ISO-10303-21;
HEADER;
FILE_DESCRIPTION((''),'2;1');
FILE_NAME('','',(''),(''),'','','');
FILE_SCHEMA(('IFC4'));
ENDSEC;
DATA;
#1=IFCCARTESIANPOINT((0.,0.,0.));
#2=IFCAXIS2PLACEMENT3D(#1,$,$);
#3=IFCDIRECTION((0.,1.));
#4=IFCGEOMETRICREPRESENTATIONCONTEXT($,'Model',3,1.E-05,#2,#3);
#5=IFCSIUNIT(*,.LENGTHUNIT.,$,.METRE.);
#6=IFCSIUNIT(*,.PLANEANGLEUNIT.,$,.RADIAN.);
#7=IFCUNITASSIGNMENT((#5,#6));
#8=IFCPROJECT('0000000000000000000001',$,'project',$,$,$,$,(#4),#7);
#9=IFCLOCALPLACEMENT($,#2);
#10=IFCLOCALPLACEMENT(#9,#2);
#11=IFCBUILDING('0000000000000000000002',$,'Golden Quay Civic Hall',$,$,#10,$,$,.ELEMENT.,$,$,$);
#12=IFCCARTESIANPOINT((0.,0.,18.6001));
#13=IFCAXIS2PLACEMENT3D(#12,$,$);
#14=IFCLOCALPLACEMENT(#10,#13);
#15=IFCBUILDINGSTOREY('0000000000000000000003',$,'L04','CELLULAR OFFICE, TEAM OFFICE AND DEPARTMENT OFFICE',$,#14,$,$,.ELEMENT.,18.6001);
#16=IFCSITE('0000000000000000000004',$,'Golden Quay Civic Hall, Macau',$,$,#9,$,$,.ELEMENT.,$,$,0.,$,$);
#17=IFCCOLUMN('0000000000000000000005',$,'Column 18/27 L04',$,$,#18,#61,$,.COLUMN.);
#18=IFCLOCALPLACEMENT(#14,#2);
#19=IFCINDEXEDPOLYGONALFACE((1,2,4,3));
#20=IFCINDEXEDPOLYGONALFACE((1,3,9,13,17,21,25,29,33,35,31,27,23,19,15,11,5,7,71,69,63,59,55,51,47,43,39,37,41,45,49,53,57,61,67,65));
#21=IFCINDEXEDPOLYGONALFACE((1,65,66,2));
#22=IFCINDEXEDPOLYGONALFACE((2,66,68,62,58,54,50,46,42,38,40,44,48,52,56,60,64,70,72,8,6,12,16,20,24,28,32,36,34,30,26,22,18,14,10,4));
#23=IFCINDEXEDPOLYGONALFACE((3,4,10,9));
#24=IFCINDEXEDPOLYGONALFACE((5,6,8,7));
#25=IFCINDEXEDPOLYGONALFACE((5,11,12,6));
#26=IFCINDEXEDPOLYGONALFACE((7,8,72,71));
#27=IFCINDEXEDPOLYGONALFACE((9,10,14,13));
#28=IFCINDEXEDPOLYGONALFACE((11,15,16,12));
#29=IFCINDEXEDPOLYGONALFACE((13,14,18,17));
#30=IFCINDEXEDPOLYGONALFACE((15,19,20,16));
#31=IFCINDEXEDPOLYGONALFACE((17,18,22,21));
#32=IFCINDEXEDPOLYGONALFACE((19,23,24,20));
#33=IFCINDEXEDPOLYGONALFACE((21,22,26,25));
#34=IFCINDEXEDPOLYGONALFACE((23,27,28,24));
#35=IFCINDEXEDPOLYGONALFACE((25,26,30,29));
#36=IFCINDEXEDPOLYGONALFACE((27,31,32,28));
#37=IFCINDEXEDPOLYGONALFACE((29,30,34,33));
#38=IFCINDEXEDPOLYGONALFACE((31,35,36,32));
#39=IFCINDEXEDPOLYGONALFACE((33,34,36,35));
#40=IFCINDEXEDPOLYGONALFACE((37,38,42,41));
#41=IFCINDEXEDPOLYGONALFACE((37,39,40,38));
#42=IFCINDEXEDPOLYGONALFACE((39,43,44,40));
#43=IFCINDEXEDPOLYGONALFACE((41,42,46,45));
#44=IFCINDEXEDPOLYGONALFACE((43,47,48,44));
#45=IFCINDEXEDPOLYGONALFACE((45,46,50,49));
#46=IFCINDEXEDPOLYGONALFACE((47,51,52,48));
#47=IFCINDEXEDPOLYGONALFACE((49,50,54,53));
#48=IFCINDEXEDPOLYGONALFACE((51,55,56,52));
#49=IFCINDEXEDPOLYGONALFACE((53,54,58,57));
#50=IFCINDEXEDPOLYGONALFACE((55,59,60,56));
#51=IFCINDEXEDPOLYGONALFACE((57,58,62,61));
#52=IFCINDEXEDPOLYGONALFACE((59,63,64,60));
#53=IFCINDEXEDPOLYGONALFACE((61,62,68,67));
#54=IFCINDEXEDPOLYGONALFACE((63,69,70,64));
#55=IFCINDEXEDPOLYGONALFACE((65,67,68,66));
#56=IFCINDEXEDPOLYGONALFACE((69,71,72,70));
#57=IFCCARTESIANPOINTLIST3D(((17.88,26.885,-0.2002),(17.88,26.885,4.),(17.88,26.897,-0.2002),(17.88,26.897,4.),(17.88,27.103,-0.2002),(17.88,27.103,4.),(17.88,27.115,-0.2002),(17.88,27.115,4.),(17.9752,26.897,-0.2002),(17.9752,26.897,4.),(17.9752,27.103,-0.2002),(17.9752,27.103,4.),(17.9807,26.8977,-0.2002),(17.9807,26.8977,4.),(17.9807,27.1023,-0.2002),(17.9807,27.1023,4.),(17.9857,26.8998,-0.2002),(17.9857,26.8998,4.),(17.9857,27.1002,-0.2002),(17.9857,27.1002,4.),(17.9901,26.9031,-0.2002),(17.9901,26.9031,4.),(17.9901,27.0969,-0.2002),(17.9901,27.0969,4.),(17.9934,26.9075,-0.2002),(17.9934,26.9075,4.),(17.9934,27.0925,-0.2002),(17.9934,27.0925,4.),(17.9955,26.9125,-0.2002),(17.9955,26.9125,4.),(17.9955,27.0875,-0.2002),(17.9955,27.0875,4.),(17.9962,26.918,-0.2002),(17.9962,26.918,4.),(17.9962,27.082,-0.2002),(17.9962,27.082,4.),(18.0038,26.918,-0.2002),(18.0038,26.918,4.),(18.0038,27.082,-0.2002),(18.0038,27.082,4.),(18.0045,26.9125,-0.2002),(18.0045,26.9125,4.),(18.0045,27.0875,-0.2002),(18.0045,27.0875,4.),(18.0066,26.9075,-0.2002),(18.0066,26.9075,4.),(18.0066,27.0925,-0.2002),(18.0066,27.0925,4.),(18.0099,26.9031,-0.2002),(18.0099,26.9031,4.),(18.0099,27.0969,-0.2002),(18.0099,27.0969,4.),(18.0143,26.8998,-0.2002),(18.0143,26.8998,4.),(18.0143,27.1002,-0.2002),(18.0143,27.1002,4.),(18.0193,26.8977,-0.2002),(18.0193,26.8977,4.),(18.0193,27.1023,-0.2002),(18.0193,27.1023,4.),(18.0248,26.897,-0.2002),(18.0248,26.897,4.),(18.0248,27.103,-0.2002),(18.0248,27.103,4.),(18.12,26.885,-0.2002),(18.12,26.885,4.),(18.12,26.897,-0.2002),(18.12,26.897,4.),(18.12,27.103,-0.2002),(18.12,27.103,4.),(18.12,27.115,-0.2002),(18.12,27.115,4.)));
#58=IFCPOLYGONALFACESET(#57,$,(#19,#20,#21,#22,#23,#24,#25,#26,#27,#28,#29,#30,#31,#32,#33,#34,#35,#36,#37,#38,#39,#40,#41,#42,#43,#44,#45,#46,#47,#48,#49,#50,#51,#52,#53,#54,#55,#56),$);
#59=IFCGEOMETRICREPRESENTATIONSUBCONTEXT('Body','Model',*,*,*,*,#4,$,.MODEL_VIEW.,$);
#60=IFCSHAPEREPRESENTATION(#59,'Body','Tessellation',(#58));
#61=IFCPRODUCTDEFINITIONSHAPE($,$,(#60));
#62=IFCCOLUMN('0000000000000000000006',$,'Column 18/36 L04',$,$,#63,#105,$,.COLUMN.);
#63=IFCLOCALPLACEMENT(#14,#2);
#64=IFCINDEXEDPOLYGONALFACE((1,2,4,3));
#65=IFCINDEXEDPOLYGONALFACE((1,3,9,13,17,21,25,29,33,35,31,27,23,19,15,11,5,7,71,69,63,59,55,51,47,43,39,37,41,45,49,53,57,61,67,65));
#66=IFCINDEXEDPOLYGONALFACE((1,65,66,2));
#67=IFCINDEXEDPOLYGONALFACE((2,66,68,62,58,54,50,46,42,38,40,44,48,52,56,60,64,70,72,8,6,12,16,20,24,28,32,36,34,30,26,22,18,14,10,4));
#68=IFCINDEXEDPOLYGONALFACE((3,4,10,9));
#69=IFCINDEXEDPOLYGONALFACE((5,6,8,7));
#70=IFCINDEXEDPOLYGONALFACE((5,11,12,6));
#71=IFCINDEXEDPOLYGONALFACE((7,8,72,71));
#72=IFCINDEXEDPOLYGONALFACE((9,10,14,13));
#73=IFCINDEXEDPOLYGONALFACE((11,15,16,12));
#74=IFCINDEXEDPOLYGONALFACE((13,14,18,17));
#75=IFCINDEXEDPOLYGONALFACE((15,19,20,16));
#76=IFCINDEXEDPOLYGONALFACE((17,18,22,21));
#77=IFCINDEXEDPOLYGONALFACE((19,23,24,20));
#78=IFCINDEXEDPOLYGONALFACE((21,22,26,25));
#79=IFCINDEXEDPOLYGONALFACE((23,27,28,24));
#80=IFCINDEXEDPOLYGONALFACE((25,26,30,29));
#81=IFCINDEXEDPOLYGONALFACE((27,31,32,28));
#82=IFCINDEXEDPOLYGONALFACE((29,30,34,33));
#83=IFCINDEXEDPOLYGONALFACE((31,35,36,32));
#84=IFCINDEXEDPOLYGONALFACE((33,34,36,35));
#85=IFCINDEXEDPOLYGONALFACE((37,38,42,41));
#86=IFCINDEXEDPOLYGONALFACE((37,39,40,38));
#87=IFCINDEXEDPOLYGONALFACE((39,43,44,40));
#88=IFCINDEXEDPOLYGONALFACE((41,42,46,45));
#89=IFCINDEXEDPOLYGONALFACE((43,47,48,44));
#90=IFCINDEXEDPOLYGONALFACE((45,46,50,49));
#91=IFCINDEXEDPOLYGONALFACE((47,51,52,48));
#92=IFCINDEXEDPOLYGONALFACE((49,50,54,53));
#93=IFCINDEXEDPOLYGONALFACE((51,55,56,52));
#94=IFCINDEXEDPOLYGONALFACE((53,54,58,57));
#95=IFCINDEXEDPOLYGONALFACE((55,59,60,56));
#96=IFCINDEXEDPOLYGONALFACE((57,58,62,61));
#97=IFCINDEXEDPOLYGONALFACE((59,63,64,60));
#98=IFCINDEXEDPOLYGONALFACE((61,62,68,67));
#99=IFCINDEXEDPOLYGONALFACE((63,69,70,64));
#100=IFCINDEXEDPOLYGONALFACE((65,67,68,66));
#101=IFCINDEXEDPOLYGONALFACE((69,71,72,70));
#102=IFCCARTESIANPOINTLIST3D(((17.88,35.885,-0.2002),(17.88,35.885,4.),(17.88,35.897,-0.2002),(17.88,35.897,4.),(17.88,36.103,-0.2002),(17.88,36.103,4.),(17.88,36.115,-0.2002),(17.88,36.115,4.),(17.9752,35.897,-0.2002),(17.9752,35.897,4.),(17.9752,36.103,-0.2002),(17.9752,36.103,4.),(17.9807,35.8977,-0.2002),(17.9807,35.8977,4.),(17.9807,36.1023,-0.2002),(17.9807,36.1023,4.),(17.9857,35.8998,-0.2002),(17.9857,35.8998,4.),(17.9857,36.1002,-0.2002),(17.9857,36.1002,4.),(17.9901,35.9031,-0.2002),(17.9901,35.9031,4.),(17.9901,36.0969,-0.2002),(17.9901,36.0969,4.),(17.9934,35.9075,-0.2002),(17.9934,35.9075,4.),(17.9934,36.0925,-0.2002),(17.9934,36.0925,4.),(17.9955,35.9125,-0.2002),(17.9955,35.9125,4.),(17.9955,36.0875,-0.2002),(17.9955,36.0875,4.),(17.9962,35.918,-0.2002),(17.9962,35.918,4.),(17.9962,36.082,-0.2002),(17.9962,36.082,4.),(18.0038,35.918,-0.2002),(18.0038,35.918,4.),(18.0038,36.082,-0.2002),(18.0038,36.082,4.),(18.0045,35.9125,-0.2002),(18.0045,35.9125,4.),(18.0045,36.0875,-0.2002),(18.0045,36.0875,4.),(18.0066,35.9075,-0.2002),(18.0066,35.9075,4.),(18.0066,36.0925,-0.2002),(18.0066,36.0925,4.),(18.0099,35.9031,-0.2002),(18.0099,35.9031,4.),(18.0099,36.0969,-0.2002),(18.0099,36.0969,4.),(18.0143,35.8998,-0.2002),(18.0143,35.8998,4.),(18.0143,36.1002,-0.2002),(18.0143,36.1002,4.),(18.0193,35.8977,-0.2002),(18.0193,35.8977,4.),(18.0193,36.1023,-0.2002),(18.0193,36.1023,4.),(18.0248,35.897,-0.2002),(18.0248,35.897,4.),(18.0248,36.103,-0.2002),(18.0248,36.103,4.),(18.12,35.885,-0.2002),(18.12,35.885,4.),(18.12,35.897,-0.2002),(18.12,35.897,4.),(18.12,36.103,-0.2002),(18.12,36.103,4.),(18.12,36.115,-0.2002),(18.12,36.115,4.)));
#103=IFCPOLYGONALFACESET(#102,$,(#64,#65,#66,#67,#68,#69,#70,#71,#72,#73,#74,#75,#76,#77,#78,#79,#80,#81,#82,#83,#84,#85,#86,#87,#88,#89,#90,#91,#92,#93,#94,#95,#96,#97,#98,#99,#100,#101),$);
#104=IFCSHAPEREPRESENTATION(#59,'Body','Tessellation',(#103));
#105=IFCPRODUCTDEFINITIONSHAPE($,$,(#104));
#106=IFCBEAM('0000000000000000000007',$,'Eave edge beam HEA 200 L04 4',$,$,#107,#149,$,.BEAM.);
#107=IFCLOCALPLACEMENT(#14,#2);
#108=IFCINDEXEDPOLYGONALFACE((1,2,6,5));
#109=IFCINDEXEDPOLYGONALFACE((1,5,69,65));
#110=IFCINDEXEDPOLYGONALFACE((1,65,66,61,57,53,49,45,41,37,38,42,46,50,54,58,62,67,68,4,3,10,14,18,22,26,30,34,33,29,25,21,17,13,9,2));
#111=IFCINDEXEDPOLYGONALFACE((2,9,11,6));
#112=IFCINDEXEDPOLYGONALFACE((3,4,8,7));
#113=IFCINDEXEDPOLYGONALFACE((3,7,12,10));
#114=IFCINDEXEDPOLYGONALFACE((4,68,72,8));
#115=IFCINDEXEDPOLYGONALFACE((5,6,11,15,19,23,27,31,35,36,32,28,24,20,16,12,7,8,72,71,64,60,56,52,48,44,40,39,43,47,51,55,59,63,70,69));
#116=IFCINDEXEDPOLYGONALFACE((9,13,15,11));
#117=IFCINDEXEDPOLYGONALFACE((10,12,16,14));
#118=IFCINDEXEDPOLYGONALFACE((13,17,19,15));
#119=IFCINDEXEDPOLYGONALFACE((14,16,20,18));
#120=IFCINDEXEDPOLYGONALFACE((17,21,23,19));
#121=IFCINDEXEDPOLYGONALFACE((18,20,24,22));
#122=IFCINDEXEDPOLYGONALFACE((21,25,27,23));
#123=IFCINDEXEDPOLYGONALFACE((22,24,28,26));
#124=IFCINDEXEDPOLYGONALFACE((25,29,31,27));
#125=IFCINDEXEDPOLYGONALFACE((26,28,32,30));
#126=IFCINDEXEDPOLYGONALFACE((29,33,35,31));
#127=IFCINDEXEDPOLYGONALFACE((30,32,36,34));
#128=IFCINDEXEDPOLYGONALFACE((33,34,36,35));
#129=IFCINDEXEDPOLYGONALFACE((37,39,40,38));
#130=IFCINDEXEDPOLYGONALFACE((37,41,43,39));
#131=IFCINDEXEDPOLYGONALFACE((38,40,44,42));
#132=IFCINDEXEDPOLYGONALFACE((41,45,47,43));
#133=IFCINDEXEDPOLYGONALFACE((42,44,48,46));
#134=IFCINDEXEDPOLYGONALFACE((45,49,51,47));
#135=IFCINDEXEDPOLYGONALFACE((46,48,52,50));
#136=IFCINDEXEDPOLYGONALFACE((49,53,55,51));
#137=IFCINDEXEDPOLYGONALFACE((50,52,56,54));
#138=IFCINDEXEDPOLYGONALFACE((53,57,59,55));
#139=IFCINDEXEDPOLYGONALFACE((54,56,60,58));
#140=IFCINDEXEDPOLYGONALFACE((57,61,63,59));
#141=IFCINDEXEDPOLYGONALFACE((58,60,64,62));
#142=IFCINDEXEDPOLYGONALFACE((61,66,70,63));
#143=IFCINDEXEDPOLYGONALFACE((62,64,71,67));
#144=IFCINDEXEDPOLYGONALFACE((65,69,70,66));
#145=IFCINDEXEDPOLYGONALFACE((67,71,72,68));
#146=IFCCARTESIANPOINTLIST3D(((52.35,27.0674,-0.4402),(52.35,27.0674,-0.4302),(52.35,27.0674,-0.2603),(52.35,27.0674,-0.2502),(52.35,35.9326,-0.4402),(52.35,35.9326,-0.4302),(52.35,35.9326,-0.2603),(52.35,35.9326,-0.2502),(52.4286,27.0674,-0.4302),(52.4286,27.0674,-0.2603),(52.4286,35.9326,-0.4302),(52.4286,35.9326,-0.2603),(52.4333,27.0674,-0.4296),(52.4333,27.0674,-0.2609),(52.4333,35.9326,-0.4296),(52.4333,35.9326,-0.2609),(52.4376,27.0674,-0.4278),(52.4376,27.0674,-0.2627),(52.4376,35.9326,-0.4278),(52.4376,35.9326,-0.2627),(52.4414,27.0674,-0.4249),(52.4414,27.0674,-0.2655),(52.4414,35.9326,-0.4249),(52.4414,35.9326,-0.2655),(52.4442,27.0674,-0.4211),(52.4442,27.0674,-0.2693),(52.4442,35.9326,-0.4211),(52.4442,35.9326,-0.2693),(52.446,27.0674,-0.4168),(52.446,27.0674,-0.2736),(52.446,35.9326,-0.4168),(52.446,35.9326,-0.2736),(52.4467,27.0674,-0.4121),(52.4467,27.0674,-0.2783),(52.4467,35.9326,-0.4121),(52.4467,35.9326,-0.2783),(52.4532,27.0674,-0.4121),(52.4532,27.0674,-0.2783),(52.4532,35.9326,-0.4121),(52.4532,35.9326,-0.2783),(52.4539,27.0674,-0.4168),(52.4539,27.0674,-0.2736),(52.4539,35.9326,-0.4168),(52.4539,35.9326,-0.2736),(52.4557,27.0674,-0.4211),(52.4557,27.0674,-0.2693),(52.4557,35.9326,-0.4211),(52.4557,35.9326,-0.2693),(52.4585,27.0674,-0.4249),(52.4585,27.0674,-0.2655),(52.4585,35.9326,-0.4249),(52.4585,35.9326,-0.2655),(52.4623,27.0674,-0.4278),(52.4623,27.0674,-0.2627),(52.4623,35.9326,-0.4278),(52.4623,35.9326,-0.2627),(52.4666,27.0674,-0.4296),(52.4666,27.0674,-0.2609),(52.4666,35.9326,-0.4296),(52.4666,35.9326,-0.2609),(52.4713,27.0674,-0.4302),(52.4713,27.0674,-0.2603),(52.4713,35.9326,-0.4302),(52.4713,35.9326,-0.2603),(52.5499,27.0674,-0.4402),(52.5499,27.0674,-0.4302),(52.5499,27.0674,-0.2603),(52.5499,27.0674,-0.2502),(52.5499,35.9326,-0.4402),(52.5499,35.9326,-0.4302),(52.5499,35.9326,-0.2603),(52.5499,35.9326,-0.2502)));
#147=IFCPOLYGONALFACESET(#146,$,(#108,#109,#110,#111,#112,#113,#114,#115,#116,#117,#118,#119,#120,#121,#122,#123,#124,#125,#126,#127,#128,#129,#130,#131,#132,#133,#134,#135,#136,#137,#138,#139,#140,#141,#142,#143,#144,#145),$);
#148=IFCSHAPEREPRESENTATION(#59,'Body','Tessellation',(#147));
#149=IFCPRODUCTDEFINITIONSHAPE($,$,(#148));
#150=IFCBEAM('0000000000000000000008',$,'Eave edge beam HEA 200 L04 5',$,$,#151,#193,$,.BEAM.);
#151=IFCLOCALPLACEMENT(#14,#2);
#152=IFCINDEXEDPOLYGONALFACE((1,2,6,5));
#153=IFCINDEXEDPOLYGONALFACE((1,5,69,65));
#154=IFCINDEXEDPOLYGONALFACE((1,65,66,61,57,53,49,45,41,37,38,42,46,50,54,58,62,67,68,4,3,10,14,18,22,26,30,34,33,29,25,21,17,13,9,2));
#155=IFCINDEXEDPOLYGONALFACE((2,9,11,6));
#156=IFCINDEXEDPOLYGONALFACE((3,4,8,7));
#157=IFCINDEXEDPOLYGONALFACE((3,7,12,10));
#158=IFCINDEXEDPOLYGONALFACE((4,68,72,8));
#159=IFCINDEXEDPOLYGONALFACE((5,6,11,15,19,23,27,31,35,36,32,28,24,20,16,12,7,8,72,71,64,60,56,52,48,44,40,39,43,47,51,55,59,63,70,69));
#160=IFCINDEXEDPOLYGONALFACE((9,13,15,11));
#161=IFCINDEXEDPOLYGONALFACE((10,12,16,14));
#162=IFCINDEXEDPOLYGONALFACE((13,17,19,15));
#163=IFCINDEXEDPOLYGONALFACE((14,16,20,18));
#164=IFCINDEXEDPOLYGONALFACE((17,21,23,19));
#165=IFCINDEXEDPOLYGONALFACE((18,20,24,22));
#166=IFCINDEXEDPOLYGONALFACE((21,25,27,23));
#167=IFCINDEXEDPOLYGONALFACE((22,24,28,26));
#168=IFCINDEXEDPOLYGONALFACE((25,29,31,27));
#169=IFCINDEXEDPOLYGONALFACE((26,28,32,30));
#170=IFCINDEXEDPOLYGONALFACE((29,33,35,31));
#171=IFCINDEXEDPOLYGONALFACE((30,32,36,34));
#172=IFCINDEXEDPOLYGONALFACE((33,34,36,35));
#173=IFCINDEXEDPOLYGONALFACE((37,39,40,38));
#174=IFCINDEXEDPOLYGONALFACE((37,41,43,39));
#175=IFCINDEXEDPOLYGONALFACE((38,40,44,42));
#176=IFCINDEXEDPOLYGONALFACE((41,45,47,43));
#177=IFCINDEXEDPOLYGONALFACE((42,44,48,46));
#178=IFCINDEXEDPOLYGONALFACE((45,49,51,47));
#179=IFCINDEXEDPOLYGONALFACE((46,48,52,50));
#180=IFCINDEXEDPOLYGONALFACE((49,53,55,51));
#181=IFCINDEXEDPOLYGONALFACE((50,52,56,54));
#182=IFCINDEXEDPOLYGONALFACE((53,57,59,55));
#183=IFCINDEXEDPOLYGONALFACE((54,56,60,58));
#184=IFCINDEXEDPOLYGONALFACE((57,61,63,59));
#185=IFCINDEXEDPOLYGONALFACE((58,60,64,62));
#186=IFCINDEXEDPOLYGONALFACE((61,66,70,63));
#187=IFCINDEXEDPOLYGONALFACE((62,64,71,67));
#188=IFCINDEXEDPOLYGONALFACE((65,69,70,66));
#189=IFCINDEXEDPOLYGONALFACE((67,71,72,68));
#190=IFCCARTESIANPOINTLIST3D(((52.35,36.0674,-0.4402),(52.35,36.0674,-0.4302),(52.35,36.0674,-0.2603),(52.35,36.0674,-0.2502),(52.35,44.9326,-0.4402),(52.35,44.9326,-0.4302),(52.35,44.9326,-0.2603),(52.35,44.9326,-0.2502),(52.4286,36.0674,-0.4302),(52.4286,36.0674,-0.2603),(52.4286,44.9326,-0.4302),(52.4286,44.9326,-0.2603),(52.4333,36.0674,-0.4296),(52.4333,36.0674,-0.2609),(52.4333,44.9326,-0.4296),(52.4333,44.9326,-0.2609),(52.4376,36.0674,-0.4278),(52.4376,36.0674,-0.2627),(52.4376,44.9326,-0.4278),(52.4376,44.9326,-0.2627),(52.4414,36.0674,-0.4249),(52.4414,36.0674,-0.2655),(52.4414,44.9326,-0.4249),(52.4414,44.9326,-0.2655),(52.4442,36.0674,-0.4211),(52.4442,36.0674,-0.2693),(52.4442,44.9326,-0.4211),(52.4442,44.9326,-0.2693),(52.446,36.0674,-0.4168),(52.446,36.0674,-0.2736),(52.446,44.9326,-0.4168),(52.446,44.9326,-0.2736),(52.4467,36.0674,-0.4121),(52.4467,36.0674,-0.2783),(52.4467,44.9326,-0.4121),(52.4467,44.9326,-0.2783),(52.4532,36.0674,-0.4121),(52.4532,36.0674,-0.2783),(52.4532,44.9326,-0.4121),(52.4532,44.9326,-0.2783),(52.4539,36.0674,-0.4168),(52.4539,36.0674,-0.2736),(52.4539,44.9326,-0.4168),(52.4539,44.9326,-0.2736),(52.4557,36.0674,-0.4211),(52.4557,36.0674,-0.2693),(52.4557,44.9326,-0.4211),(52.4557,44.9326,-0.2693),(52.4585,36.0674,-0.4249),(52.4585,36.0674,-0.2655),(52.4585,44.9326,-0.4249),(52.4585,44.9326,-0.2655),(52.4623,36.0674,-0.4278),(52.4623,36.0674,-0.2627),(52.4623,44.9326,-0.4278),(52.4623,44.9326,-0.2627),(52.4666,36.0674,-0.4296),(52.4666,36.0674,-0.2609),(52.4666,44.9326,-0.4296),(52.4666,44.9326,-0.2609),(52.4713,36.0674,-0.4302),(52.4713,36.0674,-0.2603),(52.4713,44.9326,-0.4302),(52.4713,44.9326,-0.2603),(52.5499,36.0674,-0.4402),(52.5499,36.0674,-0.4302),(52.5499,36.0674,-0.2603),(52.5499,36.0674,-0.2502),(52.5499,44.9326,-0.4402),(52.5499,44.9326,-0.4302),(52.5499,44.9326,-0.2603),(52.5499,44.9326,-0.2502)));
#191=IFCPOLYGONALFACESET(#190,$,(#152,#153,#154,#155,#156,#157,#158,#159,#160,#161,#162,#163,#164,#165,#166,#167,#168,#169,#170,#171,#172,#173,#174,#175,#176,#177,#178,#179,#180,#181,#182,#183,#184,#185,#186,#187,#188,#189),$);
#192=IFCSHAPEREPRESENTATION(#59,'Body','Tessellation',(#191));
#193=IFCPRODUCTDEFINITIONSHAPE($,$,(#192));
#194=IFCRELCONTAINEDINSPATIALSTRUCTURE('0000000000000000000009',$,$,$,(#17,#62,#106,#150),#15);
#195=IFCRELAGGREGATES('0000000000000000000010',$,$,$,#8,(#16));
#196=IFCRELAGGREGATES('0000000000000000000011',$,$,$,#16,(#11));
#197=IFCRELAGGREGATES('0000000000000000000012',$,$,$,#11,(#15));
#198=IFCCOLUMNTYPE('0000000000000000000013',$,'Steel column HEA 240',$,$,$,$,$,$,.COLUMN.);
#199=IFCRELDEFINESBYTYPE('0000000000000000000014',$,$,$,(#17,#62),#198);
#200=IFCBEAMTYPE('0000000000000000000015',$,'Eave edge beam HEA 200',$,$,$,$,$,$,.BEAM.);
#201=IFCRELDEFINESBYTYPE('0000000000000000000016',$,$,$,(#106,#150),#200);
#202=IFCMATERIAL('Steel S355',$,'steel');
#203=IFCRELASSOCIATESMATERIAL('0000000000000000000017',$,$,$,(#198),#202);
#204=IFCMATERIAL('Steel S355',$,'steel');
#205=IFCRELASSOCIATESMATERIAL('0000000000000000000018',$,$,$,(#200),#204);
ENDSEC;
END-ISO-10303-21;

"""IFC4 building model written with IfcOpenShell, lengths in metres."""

from ifc_helpers import new_model, si_unit, direction, frame, origin, origin_2d, place, context, subcontext, project, spatial, i_section, extrude, material, material_profile, profile_set, type_object, element, save


model = new_model("IFC4")

# Units and contexts
model_context = context("Model", 3, precision=1e-05, world=origin(), true_north=direction((0.0, 1.0)))
body_context = subcontext(model_context, "Body", "Model", "MODEL_VIEW")
ifc_project = project(units=[si_unit("LENGTHUNIT", "METRE"), si_unit("PLANEANGLEUNIT", "RADIAN")], contexts=[model_context])

# Site, building, storey
site_placement = place(None, origin())
site = spatial("IfcSite", under=ifc_project, at=site_placement, Name="Golden Quay Civic Hall, Macau", CompositionType="ELEMENT", RefElevation=0.0)
building_placement = place(site_placement, origin())
building = spatial("IfcBuilding", under=site, at=building_placement, Name="Golden Quay Civic Hall", CompositionType="ELEMENT")
storey_placement = place(building_placement, frame((0.0, 0.0, 18.6001)))
storey = spatial("IfcBuildingStorey", under=building, at=storey_placement, Name="L04", Description="CELLULAR OFFICE, TEAM OFFICE AND DEPARTMENT OFFICE", CompositionType="ELEMENT", Elevation=18.6001)

# Columns
ifc_material_1 = material(Name="Steel S355", Category="steel")
ifc_material_profile_1 = material_profile(ifc_material_1, i_section(OverallWidth=0.24, OverallDepth=0.23, WebThickness=0.0076, FlangeThickness=0.012, FilletRadius=0.021, at=origin_2d()), Name="HEA 240")
ifc_profile_set_1 = profile_set([ifc_material_profile_1], Name="Steel S355")
column_type = type_object("IfcColumnType", Name="Steel column HEA 240", PredefinedType="COLUMN", material=ifc_profile_set_1)
for number, where, z_axis, x_axis, name in (
    (1, (18.0, 27.0, -0.2002), (0.0, 0.0, 1.0), (1.0, 0.0, 0.0), "Column 18/27 L04"),
    (2, (18.0, 36.0, -0.2002), (0.0, 0.0, 1.0), (1.0, 0.0, 0.0), "Column 18/36 L04"),
):
    element("IfcColumn", number, at=place(storey_placement, frame(where, z_axis=z_axis, x_axis=x_axis)), inside=storey, type_object=column_type, Name=name, PredefinedType="COLUMN", context=body_context, shape_type="SweptSolid", body=[
        extrude(i_section(OverallWidth=0.24, OverallDepth=0.23, WebThickness=0.0076, FlangeThickness=0.012, FilletRadius=0.021, at=origin_2d()), origin(), (0.0, 0.0, 1.0), 4.2002),
    ])

# Beams
ifc_material_2 = material(Name="Steel S355", Category="steel")
ifc_material_profile_2 = material_profile(ifc_material_2, i_section(OverallWidth=0.2, OverallDepth=0.1899, WebThickness=0.0066, FlangeThickness=0.01, FilletRadius=0.0181, at=origin_2d()), Name="HEA 200")
ifc_profile_set_2 = profile_set([ifc_material_profile_2], Name="Steel S355")
beam_type_1 = type_object("IfcBeamType", Name="Eave edge beam HEA 200", PredefinedType="BEAM", material=ifc_profile_set_2)
for number, where, z_axis, x_axis, name in (
    (3, (52.45, 27.0674, -0.3452), (0.0, 1.0, 0.0), (-1.0, 0.0, 0.0), "Eave edge beam HEA 200 L04 4"),
    (4, (52.45, 36.0674, -0.3452), (0.0, 1.0, 0.0), (-1.0, 0.0, 0.0), "Eave edge beam HEA 200 L04 5"),
):
    element("IfcBeam", number, at=place(storey_placement, frame(where, z_axis=z_axis, x_axis=x_axis)), inside=storey, type_object=beam_type_1, Name=name, PredefinedType="BEAM", context=body_context, shape_type="SweptSolid", body=[
        extrude(i_section(OverallWidth=0.2, OverallDepth=0.1899, WebThickness=0.0066, FlangeThickness=0.01, FilletRadius=0.0181, at=origin_2d()), origin(), (0.0, 0.0, 1.0), 8.8652),
    ])

save(model, "model.ifc")
